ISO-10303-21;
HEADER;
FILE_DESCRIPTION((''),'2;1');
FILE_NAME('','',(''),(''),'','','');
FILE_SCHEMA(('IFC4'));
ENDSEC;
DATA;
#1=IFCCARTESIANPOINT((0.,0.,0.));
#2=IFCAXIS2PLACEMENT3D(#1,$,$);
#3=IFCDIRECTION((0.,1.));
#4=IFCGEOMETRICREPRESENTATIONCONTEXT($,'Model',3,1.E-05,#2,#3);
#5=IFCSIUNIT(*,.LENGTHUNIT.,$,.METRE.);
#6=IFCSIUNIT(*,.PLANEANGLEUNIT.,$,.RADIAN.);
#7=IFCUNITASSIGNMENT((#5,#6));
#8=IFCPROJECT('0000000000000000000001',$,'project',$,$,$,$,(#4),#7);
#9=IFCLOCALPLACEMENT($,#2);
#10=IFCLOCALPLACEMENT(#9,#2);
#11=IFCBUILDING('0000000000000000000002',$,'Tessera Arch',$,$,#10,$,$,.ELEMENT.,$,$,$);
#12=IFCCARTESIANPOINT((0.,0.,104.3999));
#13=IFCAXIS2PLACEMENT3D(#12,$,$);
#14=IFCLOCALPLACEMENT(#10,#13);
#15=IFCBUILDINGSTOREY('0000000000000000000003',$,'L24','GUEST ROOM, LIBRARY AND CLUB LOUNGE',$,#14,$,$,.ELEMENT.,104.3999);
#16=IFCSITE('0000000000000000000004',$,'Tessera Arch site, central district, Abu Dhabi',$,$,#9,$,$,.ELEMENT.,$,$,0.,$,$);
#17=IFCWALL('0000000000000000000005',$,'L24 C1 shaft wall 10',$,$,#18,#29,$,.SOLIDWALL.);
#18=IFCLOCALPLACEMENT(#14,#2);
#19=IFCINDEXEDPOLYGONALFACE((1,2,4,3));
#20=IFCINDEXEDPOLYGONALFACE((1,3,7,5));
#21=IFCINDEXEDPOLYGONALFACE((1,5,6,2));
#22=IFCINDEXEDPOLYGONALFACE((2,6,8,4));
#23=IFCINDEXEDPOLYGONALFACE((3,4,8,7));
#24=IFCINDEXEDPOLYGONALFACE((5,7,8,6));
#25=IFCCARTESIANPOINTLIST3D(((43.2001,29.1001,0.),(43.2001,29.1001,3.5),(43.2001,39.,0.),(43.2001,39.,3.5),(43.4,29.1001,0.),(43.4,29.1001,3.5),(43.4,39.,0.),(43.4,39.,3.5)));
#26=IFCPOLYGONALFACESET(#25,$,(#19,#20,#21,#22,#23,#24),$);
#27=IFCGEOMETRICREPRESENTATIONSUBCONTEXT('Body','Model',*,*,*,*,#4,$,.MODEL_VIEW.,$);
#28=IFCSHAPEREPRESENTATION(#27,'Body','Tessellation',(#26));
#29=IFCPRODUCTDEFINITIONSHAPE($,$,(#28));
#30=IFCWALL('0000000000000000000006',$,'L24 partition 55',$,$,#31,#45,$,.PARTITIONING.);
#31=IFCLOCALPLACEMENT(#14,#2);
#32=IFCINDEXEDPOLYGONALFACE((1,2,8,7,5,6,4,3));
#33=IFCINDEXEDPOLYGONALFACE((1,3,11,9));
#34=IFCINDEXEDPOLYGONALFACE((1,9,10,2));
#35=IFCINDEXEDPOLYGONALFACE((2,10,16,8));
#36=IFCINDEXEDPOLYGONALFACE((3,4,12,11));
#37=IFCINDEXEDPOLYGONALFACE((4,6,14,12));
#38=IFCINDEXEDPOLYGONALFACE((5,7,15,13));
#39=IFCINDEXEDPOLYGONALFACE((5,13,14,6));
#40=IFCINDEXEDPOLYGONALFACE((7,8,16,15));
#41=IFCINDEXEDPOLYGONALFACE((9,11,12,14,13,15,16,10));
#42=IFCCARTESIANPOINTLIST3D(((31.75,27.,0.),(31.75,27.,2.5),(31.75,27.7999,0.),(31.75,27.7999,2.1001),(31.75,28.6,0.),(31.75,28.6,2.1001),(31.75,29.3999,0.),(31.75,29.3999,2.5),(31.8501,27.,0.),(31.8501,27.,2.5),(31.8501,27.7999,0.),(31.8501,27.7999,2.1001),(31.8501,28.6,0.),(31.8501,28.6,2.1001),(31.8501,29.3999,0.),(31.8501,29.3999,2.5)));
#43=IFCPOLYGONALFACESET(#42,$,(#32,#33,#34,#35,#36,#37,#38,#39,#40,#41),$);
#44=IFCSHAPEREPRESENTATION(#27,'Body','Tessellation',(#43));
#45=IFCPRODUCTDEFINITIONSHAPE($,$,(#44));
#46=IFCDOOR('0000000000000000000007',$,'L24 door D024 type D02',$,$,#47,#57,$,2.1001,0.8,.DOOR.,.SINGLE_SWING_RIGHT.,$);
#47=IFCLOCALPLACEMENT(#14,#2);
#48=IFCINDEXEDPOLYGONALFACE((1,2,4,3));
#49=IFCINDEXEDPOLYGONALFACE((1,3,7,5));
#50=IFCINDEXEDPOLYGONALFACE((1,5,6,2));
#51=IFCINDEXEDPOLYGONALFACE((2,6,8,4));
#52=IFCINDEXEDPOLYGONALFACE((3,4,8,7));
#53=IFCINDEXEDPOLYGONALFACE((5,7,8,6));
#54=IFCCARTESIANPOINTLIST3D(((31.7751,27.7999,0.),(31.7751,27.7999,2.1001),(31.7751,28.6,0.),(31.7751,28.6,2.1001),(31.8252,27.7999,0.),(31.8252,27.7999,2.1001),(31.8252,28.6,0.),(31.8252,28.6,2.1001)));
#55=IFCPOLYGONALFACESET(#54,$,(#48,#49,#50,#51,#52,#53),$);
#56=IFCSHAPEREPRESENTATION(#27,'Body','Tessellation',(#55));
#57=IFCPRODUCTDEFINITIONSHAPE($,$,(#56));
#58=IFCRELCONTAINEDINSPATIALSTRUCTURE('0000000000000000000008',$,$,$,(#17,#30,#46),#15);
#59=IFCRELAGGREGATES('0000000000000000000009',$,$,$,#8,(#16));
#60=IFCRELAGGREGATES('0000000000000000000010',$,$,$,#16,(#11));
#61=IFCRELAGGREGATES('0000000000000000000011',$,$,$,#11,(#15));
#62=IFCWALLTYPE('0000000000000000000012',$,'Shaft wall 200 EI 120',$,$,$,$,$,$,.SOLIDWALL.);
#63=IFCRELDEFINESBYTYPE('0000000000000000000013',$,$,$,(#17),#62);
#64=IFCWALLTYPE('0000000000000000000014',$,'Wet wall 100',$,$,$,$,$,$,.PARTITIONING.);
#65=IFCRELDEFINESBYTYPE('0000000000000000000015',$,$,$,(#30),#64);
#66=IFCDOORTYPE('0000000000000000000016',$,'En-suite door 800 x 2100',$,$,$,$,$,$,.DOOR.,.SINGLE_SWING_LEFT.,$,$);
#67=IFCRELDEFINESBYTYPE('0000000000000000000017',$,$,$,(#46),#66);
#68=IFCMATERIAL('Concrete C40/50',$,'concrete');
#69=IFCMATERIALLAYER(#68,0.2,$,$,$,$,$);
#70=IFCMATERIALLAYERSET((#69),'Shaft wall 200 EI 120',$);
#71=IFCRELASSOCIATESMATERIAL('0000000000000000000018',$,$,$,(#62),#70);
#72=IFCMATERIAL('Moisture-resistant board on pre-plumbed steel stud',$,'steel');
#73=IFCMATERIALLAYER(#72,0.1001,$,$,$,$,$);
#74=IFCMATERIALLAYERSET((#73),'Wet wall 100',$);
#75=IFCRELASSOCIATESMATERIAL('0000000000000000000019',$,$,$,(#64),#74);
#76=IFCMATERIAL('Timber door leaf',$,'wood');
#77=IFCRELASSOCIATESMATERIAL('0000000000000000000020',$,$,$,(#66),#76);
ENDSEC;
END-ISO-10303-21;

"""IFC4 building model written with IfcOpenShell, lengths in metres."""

from ifc_helpers import new_model, si_unit, direction, frame, frame_2d, origin, place, context, subcontext, project, spatial, rectangle, extrude, material, layer, layer_set, type_object, element, fill, save


model = new_model("IFC4")

# Units and contexts
model_context = context("Model", 3, precision=1e-05, world=origin(), true_north=direction((0.0, 1.0)))
body_context = subcontext(model_context, "Body", "Model", "MODEL_VIEW")
ifc_project = project(units=[si_unit("LENGTHUNIT", "METRE"), si_unit("PLANEANGLEUNIT", "RADIAN")], contexts=[model_context])

# Site, building, storey
site_placement = place(None, origin())
site = spatial("IfcSite", under=ifc_project, at=site_placement, Name="Tessera Arch site, central district, Abu Dhabi", CompositionType="ELEMENT", RefElevation=0.0)
building_placement = place(site_placement, origin())
building = spatial("IfcBuilding", under=site, at=building_placement, Name="Tessera Arch", CompositionType="ELEMENT")
storey_placement = place(building_placement, frame((0.0, 0.0, 104.3999)))
storey = spatial("IfcBuildingStorey", under=building, at=storey_placement, Name="L24", Description="GUEST ROOM, LIBRARY AND CLUB LOUNGE", CompositionType="ELEMENT", Elevation=104.3999)

# Wall
ifc_material_1 = material(Name="Concrete C40/50", Category="concrete")
ifc_layer_1 = layer(ifc_material_1, 0.2)
ifc_layer_set_1 = layer_set([ifc_layer_1], Name="Shaft wall 200 EI 120")
wall_type_1 = type_object("IfcWallType", Name="Shaft wall 200 EI 120", PredefinedType="SOLIDWALL", material=ifc_layer_set_1)
wall_1_placement = place(storey_placement, frame((43.3, 29.1001, 0.0), z_axis=(0.0, 0.0, 1.0), x_axis=(0.0, 1.0, 0.0)))
element("IfcWall", 1, at=wall_1_placement, inside=storey, type_object=wall_type_1, Name="L24 C1 shaft wall 10", PredefinedType="SOLIDWALL", context=body_context, shape_type="SweptSolid", body=[
    extrude(rectangle(XDim=9.8999, YDim=0.2, at=frame_2d((4.95, 0.0))), origin(), (0.0, 0.0, 1.0), 3.5),
])

# Wall, opening, door
ifc_material_2 = material(Name="Moisture-resistant board on pre-plumbed steel stud", Category="steel")
ifc_layer_2 = layer(ifc_material_2, 0.1001)
ifc_layer_set_2 = layer_set([ifc_layer_2], Name="Wet wall 100")
wall_type_2 = type_object("IfcWallType", Name="Wet wall 100", PredefinedType="PARTITIONING", material=ifc_layer_set_2)
wall_2_placement = place(storey_placement, frame((31.8, 27.0, 0.0), z_axis=(0.0, 0.0, 1.0), x_axis=(0.0, 1.0, 0.0)))
wall_2 = element("IfcWall", 2, at=wall_2_placement, inside=storey, type_object=wall_type_2, Name="L24 partition 55", PredefinedType="PARTITIONING", context=body_context, shape_type="SweptSolid", body=[
    extrude(rectangle(XDim=2.3999, YDim=0.1001, at=frame_2d((1.2, 0.0))), origin(), (0.0, 0.0, 1.0), 2.5),
])
opening_1_placement = place(wall_2_placement, frame((0.8, 0.0, 0.0)))
opening_1 = element("IfcOpeningElement", 3, at=opening_1_placement, cuts=wall_2, PredefinedType="OPENING", context=body_context, shape_type="SweptSolid", body=[
    extrude(rectangle(XDim=0.8, YDim=2.1001, at=frame_2d((0.3999, 1.05))), frame((0.0, 0.0601, 0.0), z_axis=(0.0, -1.0, 0.0), x_axis=(1.0, 0.0, 0.0)), (0.0, 0.0, 1.0), 0.1201),
])
ifc_material_3 = material(Name="Timber door leaf", Category="wood")
door_type_1 = type_object("IfcDoorType", Name="En-suite door 800 x 2100", OperationType="SINGLE_SWING_LEFT", PredefinedType="DOOR", material=ifc_material_3)
door_1_placement = place(opening_1_placement, origin())
door_1 = element("IfcDoor", 4, at=door_1_placement, inside=storey, type_object=door_type_1, Name="L24 door D024 type D02", OperationType="SINGLE_SWING_RIGHT", OverallHeight=2.1001, OverallWidth=0.8, PredefinedType="DOOR", context=body_context, shape_type="SweptSolid", body=[
    extrude(rectangle(XDim=0.8, YDim=2.1001, at=frame_2d((0.3999, 1.05))), frame((0.0, 0.0249, 0.0), z_axis=(0.0, -1.0, 0.0), x_axis=(1.0, 0.0, 0.0)), (0.0, 0.0, 1.0), 0.05),
])
fill(opening_1, door_1)

save(model, "model.ifc")
